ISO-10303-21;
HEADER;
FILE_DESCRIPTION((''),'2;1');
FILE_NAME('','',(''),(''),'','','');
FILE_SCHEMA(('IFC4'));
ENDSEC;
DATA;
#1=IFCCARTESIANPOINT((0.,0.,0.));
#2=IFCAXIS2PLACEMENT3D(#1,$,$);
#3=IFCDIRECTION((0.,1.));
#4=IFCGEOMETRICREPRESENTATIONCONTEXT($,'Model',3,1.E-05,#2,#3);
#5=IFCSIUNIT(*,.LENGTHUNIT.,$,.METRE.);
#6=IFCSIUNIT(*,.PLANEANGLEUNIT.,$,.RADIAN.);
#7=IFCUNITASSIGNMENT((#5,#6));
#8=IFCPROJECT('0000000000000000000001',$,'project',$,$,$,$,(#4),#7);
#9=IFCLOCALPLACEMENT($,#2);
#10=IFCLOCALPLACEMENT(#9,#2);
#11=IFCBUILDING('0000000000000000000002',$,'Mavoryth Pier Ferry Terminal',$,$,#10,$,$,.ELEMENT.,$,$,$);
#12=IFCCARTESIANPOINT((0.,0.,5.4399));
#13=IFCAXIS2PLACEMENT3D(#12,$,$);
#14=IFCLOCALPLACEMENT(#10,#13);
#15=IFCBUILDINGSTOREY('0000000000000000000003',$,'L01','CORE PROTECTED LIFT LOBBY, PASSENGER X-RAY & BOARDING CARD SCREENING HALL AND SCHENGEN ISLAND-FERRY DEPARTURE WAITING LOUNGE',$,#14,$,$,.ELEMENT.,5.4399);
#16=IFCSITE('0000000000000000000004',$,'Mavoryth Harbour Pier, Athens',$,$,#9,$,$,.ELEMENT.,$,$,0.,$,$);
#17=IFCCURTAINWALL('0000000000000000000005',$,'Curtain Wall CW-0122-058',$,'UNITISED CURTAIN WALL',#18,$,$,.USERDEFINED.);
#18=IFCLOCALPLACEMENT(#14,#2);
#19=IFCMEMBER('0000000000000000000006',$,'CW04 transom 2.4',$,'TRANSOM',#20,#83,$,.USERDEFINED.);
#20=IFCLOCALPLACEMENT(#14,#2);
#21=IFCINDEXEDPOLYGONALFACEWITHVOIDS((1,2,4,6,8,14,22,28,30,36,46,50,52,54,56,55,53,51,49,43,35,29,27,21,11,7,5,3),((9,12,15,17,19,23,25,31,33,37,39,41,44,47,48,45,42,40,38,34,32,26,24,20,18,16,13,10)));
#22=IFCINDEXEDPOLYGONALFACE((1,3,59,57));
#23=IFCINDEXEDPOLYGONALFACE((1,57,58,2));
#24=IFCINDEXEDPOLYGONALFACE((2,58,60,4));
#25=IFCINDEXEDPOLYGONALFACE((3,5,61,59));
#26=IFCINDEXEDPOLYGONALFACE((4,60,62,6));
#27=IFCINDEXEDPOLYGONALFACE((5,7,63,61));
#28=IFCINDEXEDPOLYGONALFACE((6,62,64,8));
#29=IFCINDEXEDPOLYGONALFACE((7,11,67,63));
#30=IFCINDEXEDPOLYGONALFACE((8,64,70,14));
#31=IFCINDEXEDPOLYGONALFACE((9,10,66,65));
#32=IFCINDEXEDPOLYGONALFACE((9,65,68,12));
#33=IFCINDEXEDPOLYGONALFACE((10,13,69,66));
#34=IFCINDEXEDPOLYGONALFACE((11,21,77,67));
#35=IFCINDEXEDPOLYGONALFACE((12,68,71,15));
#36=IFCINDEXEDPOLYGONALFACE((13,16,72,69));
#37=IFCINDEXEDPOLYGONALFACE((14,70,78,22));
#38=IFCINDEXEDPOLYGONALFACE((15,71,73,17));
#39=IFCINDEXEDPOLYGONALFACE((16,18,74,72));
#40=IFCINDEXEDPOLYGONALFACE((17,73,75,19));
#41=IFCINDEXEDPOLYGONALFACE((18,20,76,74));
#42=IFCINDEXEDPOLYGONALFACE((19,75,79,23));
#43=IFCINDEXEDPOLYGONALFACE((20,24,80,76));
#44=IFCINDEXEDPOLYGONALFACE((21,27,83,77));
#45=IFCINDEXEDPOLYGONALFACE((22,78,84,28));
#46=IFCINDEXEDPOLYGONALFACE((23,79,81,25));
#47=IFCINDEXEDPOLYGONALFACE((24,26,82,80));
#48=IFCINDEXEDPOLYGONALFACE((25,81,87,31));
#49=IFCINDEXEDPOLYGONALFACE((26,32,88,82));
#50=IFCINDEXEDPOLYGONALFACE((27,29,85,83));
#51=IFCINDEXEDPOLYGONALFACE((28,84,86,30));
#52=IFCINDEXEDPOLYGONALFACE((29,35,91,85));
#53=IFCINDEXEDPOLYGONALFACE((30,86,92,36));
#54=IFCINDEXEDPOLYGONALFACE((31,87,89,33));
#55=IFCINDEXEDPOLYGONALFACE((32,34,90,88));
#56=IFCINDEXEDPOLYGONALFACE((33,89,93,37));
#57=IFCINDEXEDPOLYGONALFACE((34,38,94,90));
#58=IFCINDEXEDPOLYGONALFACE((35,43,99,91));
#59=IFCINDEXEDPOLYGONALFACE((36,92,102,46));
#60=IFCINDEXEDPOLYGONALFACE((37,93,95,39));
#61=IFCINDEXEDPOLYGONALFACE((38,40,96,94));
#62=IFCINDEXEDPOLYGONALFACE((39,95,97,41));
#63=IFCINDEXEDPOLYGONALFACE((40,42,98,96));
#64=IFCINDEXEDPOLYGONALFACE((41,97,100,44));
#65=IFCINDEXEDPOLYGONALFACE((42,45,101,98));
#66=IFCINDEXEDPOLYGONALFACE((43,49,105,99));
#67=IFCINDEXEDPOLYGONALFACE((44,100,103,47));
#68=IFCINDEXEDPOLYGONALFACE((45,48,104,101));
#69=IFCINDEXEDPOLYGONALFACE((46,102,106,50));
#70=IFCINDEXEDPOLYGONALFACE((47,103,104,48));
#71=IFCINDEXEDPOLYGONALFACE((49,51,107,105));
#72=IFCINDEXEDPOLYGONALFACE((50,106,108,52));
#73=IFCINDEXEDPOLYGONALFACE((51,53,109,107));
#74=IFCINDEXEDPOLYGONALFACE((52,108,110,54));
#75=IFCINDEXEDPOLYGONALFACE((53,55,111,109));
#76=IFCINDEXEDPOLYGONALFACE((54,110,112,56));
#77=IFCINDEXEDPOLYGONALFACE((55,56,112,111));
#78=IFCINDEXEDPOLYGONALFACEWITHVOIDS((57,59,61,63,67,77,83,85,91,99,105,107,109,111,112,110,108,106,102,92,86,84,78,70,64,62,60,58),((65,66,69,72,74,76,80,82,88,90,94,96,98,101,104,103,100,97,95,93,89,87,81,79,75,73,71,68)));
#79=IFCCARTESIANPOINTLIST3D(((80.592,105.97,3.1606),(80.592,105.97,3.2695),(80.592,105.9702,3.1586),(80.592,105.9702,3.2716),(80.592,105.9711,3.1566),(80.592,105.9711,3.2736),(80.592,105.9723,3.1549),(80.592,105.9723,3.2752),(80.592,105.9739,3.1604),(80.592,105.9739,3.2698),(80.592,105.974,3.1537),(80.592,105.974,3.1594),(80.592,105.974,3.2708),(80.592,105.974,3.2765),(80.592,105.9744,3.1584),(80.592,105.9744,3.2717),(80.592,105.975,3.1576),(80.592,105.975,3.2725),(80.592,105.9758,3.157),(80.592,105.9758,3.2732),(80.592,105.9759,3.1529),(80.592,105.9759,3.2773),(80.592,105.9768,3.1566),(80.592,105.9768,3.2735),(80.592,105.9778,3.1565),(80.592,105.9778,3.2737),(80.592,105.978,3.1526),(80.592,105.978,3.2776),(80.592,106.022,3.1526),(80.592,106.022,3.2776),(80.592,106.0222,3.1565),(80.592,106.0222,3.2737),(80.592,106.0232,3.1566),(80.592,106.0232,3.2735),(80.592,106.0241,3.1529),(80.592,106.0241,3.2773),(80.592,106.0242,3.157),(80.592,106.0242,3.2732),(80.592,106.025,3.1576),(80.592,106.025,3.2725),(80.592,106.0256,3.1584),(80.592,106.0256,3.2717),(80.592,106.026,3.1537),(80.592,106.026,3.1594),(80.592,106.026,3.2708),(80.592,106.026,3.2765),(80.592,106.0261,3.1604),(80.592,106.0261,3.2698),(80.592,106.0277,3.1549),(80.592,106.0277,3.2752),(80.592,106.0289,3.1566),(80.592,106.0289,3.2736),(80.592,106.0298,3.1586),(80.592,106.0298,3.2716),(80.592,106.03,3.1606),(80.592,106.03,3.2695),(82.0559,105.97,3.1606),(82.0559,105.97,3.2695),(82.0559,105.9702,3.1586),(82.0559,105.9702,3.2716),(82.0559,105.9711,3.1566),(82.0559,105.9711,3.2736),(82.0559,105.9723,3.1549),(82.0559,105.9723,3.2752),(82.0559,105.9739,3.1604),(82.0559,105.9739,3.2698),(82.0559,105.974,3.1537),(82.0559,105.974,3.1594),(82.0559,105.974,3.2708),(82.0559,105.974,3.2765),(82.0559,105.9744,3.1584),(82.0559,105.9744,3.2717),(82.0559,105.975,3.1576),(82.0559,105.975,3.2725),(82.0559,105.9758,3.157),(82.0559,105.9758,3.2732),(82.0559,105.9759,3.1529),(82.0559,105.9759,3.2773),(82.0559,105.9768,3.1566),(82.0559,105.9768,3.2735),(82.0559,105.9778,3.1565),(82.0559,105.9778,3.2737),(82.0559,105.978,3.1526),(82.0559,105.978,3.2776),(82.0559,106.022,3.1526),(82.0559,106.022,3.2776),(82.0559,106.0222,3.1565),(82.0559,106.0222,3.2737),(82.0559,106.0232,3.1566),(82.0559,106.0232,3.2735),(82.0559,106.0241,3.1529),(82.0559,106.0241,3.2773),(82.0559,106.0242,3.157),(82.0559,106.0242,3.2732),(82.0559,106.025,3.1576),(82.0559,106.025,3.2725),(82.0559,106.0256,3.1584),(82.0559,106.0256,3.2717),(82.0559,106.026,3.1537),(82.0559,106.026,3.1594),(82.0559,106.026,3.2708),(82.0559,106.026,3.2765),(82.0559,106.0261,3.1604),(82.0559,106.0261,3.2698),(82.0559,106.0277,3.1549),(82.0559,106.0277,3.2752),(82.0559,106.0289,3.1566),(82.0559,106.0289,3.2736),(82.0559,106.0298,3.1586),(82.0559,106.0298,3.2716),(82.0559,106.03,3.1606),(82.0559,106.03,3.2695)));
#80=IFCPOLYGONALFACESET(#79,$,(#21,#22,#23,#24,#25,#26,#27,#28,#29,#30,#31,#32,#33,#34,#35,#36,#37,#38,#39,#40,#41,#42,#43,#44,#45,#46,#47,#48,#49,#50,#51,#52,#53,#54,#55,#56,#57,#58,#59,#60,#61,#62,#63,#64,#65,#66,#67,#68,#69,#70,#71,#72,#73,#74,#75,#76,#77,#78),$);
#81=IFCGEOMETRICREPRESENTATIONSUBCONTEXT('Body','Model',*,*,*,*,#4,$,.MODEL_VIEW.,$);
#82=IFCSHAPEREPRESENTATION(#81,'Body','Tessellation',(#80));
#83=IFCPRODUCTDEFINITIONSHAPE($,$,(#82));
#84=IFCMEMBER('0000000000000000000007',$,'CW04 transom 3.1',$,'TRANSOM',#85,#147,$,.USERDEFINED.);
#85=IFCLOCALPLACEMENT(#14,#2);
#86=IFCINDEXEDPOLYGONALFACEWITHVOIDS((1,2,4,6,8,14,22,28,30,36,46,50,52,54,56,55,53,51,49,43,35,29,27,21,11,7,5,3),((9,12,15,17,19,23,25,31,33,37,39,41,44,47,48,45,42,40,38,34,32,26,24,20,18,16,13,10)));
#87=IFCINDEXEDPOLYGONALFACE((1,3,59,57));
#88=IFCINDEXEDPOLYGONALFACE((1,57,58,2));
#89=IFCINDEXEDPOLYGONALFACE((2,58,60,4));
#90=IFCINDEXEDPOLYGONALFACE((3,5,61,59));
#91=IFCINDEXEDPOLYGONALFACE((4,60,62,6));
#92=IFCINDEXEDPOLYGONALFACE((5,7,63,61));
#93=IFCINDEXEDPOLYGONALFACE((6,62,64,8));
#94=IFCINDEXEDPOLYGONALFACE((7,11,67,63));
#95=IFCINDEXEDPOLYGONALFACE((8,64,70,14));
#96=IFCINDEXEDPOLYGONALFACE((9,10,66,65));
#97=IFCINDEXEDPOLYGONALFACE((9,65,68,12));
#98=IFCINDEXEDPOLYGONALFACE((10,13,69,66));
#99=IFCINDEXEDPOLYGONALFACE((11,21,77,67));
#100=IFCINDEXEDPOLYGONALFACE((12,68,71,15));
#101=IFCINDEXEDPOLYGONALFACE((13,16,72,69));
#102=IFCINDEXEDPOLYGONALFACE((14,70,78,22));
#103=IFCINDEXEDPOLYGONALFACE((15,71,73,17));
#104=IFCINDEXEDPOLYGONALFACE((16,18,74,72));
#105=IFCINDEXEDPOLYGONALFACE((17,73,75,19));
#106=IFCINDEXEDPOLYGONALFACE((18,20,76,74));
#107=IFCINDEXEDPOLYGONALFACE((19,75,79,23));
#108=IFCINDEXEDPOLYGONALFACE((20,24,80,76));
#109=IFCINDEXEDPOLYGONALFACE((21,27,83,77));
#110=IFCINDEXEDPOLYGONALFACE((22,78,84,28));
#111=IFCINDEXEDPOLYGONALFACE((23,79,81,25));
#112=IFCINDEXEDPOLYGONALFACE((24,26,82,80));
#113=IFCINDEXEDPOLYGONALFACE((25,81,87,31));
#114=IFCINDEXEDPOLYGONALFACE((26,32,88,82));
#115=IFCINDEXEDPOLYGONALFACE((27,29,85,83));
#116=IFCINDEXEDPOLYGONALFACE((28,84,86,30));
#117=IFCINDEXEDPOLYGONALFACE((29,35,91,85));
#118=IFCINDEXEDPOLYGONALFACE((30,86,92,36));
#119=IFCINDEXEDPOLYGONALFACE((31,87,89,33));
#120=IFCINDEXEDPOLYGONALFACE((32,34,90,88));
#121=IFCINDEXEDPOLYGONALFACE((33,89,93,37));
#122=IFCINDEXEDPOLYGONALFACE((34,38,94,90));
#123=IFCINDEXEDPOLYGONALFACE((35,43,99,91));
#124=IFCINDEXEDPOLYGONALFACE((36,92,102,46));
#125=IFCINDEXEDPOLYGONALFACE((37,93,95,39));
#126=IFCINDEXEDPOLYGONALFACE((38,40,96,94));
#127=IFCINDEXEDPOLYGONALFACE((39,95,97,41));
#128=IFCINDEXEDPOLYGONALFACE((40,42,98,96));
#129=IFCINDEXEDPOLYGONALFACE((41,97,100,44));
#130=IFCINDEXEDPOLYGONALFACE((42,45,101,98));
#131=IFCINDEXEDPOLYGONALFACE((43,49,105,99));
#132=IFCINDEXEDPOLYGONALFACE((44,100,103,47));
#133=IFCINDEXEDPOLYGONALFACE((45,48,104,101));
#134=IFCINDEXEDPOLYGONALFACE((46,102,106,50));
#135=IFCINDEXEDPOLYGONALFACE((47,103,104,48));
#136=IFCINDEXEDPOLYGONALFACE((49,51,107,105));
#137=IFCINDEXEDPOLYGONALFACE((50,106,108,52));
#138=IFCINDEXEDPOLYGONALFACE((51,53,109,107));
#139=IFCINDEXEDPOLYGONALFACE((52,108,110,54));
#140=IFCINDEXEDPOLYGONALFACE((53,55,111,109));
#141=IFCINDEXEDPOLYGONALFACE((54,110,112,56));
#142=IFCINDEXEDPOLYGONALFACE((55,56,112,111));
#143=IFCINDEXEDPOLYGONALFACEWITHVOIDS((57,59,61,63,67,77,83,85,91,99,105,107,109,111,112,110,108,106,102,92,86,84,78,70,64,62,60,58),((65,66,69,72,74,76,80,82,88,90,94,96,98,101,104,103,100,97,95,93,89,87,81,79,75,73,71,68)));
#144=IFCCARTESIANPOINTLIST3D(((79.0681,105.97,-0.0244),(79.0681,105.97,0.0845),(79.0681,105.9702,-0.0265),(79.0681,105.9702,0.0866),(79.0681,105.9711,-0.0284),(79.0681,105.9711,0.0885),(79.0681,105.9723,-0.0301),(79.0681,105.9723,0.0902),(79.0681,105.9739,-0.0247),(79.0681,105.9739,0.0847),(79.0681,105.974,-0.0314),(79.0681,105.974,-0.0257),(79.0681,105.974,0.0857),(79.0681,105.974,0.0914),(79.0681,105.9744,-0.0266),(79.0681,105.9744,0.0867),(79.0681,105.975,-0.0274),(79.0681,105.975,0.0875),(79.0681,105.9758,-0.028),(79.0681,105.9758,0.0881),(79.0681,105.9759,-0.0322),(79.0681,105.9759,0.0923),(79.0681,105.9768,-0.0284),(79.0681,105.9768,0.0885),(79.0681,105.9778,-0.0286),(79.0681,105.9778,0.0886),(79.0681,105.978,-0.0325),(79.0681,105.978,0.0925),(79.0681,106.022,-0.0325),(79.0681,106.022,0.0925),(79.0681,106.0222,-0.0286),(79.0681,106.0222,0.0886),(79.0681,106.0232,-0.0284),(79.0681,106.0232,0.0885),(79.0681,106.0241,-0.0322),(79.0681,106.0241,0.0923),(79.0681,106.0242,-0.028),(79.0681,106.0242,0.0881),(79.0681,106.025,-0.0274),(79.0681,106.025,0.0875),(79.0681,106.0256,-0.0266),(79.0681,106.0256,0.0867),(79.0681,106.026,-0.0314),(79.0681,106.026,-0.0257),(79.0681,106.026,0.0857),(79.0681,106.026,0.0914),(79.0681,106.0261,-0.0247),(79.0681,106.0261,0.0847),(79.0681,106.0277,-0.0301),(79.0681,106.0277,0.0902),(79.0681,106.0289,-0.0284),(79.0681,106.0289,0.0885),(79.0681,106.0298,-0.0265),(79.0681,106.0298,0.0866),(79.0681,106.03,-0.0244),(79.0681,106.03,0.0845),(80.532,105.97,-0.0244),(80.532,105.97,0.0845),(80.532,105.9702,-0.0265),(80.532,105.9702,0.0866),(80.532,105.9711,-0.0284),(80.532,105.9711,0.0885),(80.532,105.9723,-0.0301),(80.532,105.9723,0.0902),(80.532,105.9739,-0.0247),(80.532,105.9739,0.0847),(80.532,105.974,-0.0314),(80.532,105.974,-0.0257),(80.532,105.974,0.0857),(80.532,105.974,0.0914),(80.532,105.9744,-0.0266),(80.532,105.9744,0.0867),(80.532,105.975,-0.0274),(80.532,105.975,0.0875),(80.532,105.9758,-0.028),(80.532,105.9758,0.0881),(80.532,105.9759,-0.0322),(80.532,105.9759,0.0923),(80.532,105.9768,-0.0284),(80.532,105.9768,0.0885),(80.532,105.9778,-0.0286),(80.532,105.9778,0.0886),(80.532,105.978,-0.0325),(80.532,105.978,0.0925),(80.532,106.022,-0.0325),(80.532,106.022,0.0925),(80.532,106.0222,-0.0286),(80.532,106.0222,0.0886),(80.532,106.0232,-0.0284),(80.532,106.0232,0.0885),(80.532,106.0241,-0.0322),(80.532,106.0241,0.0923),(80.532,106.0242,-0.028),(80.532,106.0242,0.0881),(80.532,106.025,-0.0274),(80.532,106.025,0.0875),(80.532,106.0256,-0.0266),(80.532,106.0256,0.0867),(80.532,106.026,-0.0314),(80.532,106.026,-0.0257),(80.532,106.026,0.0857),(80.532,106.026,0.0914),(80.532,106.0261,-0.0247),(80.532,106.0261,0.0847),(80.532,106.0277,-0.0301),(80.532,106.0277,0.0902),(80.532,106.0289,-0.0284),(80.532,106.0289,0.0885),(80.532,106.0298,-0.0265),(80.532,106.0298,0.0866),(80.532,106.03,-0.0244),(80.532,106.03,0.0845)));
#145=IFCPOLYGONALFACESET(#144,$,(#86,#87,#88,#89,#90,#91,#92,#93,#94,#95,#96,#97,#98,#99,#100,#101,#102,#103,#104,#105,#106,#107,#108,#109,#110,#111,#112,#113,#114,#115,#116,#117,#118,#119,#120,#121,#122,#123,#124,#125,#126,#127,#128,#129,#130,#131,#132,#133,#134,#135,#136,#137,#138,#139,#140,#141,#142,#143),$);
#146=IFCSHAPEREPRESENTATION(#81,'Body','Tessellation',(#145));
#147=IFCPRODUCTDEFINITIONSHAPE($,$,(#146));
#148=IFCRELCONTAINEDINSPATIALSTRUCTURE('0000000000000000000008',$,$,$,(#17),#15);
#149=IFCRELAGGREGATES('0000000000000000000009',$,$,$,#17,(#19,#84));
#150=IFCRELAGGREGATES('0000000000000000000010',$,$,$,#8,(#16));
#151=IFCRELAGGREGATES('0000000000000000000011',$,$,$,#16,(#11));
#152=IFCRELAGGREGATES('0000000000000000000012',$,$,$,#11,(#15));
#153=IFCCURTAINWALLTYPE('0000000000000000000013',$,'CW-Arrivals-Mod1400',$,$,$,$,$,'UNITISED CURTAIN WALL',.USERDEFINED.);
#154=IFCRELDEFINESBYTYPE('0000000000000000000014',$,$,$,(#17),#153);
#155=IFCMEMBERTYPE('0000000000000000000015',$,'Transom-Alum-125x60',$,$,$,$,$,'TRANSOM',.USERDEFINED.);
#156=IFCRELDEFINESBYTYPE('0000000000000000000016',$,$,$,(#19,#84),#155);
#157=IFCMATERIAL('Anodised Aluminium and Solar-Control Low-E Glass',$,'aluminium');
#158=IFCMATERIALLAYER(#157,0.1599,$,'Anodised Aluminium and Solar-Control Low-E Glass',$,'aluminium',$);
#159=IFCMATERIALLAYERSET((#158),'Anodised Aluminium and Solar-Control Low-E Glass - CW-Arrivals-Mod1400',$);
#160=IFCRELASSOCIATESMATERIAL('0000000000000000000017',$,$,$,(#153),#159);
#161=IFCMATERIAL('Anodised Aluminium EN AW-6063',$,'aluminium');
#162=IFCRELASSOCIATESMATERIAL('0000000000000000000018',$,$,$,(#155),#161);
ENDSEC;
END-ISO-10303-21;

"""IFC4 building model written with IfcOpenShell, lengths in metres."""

from ifc_helpers import new_model, si_unit, direction, frame, origin, origin_2d, place, context, subcontext, project, spatial, hollow_rectangle, extrude, material, layer, layer_set, material_profile, profile_set, type_object, element, aggregate, save


model = new_model("IFC4")

# Units and contexts
model_context = context("Model", 3, precision=1e-05, world=origin(), true_north=direction((0.0, 1.0)))
body_context = subcontext(model_context, "Body", "Model", "MODEL_VIEW")
ifc_project = project(units=[si_unit("LENGTHUNIT", "METRE"), si_unit("PLANEANGLEUNIT", "RADIAN")], contexts=[model_context])

# Site, building, storey
site_placement = place(None, origin())
site = spatial("IfcSite", under=ifc_project, at=site_placement, Name="Mavoryth Harbour Pier, Athens", CompositionType="ELEMENT", RefElevation=0.0)
building_placement = place(site_placement, origin())
building = spatial("IfcBuilding", under=site, at=building_placement, Name="Mavoryth Pier Ferry Terminal", CompositionType="ELEMENT")
storey_placement = place(building_placement, frame((0.0, 0.0, 5.4399)))
storey = spatial("IfcBuildingStorey", under=building, at=storey_placement, Name="L01", Description="CORE PROTECTED LIFT LOBBY, PASSENGER X-RAY & BOARDING CARD SCREENING HALL AND SCHENGEN ISLAND-FERRY DEPARTURE WAITING LOUNGE", CompositionType="ELEMENT", Elevation=5.4399)

# Curtain wall
ifc_material_1 = material(Name="Anodised Aluminium and Solar-Control Low-E Glass", Category="aluminium")
ifc_layer_1 = layer(ifc_material_1, 0.1599, Name="Anodised Aluminium and Solar-Control Low-E Glass", Category="aluminium")
ifc_layer_set_1 = layer_set([ifc_layer_1], Name="Anodised Aluminium and Solar-Control Low-E Glass - CW-Arrivals-Mod1400")
curtain_wall_type = type_object("IfcCurtainWallType", Name="CW-Arrivals-Mod1400", ElementType="UNITISED CURTAIN WALL", PredefinedType="USERDEFINED", material=ifc_layer_set_1)
curtain_wall_1_placement = place(storey_placement, origin())
curtain_wall_1 = element("IfcCurtainWall", 1, at=curtain_wall_1_placement, inside=storey, type_object=curtain_wall_type, Name="Curtain Wall CW-0122-058", ObjectType="UNITISED CURTAIN WALL", PredefinedType="USERDEFINED")
ifc_material_2 = material(Name="Anodised Aluminium EN AW-6063", Category="aluminium")

# Members
ifc_material_profile_1 = material_profile(ifc_material_2, hollow_rectangle(XDim=0.0601, YDim=0.125, WallThickness=0.0039, InnerFilletRadius=0.0039, OuterFilletRadius=0.0081, at=origin_2d()), Name="AL-TRAN 125x60x4", Category="aluminium")
ifc_profile_set_1 = profile_set([ifc_material_profile_1], Name="Anodised Aluminium EN AW-6063 - AL-TRAN 125x60x4")
member_type_1 = type_object("IfcMemberType", Name="Transom-Alum-125x60", ElementType="TRANSOM", PredefinedType="USERDEFINED", material=ifc_profile_set_1)
member_1_placement = place(storey_placement, frame((82.0559, 106.0, 3.2151), z_axis=(-1.0, 0.0, 0.0), x_axis=(0.0, -1.0, 0.0)))
member_1 = element("IfcMember", 2, at=member_1_placement, type_object=member_type_1, Name="CW04 transom 2.4", ObjectType="TRANSOM", PredefinedType="USERDEFINED", context=body_context, shape_type="SweptSolid", body=[
    extrude(hollow_rectangle(XDim=0.0601, YDim=0.125, WallThickness=0.0039, InnerFilletRadius=0.0039, OuterFilletRadius=0.0081, at=origin_2d()), origin(), (0.0, 0.0, 1.0), 1.4639),
])
member_2_placement = place(storey_placement, frame((80.532, 106.0, 0.03), z_axis=(-1.0, 0.0, 0.0), x_axis=(0.0, -1.0, 0.0)))
member_2 = element("IfcMember", 3, at=member_2_placement, type_object=member_type_1, Name="CW04 transom 3.1", ObjectType="TRANSOM", PredefinedType="USERDEFINED", context=body_context, shape_type="SweptSolid", body=[
    extrude(hollow_rectangle(XDim=0.0601, YDim=0.125, WallThickness=0.0039, InnerFilletRadius=0.0039, OuterFilletRadius=0.0081, at=origin_2d()), origin(), (0.0, 0.0, 1.0), 1.4639),
])

aggregate(curtain_wall_1, [member_1, member_2])

save(model, "model.ifc")
